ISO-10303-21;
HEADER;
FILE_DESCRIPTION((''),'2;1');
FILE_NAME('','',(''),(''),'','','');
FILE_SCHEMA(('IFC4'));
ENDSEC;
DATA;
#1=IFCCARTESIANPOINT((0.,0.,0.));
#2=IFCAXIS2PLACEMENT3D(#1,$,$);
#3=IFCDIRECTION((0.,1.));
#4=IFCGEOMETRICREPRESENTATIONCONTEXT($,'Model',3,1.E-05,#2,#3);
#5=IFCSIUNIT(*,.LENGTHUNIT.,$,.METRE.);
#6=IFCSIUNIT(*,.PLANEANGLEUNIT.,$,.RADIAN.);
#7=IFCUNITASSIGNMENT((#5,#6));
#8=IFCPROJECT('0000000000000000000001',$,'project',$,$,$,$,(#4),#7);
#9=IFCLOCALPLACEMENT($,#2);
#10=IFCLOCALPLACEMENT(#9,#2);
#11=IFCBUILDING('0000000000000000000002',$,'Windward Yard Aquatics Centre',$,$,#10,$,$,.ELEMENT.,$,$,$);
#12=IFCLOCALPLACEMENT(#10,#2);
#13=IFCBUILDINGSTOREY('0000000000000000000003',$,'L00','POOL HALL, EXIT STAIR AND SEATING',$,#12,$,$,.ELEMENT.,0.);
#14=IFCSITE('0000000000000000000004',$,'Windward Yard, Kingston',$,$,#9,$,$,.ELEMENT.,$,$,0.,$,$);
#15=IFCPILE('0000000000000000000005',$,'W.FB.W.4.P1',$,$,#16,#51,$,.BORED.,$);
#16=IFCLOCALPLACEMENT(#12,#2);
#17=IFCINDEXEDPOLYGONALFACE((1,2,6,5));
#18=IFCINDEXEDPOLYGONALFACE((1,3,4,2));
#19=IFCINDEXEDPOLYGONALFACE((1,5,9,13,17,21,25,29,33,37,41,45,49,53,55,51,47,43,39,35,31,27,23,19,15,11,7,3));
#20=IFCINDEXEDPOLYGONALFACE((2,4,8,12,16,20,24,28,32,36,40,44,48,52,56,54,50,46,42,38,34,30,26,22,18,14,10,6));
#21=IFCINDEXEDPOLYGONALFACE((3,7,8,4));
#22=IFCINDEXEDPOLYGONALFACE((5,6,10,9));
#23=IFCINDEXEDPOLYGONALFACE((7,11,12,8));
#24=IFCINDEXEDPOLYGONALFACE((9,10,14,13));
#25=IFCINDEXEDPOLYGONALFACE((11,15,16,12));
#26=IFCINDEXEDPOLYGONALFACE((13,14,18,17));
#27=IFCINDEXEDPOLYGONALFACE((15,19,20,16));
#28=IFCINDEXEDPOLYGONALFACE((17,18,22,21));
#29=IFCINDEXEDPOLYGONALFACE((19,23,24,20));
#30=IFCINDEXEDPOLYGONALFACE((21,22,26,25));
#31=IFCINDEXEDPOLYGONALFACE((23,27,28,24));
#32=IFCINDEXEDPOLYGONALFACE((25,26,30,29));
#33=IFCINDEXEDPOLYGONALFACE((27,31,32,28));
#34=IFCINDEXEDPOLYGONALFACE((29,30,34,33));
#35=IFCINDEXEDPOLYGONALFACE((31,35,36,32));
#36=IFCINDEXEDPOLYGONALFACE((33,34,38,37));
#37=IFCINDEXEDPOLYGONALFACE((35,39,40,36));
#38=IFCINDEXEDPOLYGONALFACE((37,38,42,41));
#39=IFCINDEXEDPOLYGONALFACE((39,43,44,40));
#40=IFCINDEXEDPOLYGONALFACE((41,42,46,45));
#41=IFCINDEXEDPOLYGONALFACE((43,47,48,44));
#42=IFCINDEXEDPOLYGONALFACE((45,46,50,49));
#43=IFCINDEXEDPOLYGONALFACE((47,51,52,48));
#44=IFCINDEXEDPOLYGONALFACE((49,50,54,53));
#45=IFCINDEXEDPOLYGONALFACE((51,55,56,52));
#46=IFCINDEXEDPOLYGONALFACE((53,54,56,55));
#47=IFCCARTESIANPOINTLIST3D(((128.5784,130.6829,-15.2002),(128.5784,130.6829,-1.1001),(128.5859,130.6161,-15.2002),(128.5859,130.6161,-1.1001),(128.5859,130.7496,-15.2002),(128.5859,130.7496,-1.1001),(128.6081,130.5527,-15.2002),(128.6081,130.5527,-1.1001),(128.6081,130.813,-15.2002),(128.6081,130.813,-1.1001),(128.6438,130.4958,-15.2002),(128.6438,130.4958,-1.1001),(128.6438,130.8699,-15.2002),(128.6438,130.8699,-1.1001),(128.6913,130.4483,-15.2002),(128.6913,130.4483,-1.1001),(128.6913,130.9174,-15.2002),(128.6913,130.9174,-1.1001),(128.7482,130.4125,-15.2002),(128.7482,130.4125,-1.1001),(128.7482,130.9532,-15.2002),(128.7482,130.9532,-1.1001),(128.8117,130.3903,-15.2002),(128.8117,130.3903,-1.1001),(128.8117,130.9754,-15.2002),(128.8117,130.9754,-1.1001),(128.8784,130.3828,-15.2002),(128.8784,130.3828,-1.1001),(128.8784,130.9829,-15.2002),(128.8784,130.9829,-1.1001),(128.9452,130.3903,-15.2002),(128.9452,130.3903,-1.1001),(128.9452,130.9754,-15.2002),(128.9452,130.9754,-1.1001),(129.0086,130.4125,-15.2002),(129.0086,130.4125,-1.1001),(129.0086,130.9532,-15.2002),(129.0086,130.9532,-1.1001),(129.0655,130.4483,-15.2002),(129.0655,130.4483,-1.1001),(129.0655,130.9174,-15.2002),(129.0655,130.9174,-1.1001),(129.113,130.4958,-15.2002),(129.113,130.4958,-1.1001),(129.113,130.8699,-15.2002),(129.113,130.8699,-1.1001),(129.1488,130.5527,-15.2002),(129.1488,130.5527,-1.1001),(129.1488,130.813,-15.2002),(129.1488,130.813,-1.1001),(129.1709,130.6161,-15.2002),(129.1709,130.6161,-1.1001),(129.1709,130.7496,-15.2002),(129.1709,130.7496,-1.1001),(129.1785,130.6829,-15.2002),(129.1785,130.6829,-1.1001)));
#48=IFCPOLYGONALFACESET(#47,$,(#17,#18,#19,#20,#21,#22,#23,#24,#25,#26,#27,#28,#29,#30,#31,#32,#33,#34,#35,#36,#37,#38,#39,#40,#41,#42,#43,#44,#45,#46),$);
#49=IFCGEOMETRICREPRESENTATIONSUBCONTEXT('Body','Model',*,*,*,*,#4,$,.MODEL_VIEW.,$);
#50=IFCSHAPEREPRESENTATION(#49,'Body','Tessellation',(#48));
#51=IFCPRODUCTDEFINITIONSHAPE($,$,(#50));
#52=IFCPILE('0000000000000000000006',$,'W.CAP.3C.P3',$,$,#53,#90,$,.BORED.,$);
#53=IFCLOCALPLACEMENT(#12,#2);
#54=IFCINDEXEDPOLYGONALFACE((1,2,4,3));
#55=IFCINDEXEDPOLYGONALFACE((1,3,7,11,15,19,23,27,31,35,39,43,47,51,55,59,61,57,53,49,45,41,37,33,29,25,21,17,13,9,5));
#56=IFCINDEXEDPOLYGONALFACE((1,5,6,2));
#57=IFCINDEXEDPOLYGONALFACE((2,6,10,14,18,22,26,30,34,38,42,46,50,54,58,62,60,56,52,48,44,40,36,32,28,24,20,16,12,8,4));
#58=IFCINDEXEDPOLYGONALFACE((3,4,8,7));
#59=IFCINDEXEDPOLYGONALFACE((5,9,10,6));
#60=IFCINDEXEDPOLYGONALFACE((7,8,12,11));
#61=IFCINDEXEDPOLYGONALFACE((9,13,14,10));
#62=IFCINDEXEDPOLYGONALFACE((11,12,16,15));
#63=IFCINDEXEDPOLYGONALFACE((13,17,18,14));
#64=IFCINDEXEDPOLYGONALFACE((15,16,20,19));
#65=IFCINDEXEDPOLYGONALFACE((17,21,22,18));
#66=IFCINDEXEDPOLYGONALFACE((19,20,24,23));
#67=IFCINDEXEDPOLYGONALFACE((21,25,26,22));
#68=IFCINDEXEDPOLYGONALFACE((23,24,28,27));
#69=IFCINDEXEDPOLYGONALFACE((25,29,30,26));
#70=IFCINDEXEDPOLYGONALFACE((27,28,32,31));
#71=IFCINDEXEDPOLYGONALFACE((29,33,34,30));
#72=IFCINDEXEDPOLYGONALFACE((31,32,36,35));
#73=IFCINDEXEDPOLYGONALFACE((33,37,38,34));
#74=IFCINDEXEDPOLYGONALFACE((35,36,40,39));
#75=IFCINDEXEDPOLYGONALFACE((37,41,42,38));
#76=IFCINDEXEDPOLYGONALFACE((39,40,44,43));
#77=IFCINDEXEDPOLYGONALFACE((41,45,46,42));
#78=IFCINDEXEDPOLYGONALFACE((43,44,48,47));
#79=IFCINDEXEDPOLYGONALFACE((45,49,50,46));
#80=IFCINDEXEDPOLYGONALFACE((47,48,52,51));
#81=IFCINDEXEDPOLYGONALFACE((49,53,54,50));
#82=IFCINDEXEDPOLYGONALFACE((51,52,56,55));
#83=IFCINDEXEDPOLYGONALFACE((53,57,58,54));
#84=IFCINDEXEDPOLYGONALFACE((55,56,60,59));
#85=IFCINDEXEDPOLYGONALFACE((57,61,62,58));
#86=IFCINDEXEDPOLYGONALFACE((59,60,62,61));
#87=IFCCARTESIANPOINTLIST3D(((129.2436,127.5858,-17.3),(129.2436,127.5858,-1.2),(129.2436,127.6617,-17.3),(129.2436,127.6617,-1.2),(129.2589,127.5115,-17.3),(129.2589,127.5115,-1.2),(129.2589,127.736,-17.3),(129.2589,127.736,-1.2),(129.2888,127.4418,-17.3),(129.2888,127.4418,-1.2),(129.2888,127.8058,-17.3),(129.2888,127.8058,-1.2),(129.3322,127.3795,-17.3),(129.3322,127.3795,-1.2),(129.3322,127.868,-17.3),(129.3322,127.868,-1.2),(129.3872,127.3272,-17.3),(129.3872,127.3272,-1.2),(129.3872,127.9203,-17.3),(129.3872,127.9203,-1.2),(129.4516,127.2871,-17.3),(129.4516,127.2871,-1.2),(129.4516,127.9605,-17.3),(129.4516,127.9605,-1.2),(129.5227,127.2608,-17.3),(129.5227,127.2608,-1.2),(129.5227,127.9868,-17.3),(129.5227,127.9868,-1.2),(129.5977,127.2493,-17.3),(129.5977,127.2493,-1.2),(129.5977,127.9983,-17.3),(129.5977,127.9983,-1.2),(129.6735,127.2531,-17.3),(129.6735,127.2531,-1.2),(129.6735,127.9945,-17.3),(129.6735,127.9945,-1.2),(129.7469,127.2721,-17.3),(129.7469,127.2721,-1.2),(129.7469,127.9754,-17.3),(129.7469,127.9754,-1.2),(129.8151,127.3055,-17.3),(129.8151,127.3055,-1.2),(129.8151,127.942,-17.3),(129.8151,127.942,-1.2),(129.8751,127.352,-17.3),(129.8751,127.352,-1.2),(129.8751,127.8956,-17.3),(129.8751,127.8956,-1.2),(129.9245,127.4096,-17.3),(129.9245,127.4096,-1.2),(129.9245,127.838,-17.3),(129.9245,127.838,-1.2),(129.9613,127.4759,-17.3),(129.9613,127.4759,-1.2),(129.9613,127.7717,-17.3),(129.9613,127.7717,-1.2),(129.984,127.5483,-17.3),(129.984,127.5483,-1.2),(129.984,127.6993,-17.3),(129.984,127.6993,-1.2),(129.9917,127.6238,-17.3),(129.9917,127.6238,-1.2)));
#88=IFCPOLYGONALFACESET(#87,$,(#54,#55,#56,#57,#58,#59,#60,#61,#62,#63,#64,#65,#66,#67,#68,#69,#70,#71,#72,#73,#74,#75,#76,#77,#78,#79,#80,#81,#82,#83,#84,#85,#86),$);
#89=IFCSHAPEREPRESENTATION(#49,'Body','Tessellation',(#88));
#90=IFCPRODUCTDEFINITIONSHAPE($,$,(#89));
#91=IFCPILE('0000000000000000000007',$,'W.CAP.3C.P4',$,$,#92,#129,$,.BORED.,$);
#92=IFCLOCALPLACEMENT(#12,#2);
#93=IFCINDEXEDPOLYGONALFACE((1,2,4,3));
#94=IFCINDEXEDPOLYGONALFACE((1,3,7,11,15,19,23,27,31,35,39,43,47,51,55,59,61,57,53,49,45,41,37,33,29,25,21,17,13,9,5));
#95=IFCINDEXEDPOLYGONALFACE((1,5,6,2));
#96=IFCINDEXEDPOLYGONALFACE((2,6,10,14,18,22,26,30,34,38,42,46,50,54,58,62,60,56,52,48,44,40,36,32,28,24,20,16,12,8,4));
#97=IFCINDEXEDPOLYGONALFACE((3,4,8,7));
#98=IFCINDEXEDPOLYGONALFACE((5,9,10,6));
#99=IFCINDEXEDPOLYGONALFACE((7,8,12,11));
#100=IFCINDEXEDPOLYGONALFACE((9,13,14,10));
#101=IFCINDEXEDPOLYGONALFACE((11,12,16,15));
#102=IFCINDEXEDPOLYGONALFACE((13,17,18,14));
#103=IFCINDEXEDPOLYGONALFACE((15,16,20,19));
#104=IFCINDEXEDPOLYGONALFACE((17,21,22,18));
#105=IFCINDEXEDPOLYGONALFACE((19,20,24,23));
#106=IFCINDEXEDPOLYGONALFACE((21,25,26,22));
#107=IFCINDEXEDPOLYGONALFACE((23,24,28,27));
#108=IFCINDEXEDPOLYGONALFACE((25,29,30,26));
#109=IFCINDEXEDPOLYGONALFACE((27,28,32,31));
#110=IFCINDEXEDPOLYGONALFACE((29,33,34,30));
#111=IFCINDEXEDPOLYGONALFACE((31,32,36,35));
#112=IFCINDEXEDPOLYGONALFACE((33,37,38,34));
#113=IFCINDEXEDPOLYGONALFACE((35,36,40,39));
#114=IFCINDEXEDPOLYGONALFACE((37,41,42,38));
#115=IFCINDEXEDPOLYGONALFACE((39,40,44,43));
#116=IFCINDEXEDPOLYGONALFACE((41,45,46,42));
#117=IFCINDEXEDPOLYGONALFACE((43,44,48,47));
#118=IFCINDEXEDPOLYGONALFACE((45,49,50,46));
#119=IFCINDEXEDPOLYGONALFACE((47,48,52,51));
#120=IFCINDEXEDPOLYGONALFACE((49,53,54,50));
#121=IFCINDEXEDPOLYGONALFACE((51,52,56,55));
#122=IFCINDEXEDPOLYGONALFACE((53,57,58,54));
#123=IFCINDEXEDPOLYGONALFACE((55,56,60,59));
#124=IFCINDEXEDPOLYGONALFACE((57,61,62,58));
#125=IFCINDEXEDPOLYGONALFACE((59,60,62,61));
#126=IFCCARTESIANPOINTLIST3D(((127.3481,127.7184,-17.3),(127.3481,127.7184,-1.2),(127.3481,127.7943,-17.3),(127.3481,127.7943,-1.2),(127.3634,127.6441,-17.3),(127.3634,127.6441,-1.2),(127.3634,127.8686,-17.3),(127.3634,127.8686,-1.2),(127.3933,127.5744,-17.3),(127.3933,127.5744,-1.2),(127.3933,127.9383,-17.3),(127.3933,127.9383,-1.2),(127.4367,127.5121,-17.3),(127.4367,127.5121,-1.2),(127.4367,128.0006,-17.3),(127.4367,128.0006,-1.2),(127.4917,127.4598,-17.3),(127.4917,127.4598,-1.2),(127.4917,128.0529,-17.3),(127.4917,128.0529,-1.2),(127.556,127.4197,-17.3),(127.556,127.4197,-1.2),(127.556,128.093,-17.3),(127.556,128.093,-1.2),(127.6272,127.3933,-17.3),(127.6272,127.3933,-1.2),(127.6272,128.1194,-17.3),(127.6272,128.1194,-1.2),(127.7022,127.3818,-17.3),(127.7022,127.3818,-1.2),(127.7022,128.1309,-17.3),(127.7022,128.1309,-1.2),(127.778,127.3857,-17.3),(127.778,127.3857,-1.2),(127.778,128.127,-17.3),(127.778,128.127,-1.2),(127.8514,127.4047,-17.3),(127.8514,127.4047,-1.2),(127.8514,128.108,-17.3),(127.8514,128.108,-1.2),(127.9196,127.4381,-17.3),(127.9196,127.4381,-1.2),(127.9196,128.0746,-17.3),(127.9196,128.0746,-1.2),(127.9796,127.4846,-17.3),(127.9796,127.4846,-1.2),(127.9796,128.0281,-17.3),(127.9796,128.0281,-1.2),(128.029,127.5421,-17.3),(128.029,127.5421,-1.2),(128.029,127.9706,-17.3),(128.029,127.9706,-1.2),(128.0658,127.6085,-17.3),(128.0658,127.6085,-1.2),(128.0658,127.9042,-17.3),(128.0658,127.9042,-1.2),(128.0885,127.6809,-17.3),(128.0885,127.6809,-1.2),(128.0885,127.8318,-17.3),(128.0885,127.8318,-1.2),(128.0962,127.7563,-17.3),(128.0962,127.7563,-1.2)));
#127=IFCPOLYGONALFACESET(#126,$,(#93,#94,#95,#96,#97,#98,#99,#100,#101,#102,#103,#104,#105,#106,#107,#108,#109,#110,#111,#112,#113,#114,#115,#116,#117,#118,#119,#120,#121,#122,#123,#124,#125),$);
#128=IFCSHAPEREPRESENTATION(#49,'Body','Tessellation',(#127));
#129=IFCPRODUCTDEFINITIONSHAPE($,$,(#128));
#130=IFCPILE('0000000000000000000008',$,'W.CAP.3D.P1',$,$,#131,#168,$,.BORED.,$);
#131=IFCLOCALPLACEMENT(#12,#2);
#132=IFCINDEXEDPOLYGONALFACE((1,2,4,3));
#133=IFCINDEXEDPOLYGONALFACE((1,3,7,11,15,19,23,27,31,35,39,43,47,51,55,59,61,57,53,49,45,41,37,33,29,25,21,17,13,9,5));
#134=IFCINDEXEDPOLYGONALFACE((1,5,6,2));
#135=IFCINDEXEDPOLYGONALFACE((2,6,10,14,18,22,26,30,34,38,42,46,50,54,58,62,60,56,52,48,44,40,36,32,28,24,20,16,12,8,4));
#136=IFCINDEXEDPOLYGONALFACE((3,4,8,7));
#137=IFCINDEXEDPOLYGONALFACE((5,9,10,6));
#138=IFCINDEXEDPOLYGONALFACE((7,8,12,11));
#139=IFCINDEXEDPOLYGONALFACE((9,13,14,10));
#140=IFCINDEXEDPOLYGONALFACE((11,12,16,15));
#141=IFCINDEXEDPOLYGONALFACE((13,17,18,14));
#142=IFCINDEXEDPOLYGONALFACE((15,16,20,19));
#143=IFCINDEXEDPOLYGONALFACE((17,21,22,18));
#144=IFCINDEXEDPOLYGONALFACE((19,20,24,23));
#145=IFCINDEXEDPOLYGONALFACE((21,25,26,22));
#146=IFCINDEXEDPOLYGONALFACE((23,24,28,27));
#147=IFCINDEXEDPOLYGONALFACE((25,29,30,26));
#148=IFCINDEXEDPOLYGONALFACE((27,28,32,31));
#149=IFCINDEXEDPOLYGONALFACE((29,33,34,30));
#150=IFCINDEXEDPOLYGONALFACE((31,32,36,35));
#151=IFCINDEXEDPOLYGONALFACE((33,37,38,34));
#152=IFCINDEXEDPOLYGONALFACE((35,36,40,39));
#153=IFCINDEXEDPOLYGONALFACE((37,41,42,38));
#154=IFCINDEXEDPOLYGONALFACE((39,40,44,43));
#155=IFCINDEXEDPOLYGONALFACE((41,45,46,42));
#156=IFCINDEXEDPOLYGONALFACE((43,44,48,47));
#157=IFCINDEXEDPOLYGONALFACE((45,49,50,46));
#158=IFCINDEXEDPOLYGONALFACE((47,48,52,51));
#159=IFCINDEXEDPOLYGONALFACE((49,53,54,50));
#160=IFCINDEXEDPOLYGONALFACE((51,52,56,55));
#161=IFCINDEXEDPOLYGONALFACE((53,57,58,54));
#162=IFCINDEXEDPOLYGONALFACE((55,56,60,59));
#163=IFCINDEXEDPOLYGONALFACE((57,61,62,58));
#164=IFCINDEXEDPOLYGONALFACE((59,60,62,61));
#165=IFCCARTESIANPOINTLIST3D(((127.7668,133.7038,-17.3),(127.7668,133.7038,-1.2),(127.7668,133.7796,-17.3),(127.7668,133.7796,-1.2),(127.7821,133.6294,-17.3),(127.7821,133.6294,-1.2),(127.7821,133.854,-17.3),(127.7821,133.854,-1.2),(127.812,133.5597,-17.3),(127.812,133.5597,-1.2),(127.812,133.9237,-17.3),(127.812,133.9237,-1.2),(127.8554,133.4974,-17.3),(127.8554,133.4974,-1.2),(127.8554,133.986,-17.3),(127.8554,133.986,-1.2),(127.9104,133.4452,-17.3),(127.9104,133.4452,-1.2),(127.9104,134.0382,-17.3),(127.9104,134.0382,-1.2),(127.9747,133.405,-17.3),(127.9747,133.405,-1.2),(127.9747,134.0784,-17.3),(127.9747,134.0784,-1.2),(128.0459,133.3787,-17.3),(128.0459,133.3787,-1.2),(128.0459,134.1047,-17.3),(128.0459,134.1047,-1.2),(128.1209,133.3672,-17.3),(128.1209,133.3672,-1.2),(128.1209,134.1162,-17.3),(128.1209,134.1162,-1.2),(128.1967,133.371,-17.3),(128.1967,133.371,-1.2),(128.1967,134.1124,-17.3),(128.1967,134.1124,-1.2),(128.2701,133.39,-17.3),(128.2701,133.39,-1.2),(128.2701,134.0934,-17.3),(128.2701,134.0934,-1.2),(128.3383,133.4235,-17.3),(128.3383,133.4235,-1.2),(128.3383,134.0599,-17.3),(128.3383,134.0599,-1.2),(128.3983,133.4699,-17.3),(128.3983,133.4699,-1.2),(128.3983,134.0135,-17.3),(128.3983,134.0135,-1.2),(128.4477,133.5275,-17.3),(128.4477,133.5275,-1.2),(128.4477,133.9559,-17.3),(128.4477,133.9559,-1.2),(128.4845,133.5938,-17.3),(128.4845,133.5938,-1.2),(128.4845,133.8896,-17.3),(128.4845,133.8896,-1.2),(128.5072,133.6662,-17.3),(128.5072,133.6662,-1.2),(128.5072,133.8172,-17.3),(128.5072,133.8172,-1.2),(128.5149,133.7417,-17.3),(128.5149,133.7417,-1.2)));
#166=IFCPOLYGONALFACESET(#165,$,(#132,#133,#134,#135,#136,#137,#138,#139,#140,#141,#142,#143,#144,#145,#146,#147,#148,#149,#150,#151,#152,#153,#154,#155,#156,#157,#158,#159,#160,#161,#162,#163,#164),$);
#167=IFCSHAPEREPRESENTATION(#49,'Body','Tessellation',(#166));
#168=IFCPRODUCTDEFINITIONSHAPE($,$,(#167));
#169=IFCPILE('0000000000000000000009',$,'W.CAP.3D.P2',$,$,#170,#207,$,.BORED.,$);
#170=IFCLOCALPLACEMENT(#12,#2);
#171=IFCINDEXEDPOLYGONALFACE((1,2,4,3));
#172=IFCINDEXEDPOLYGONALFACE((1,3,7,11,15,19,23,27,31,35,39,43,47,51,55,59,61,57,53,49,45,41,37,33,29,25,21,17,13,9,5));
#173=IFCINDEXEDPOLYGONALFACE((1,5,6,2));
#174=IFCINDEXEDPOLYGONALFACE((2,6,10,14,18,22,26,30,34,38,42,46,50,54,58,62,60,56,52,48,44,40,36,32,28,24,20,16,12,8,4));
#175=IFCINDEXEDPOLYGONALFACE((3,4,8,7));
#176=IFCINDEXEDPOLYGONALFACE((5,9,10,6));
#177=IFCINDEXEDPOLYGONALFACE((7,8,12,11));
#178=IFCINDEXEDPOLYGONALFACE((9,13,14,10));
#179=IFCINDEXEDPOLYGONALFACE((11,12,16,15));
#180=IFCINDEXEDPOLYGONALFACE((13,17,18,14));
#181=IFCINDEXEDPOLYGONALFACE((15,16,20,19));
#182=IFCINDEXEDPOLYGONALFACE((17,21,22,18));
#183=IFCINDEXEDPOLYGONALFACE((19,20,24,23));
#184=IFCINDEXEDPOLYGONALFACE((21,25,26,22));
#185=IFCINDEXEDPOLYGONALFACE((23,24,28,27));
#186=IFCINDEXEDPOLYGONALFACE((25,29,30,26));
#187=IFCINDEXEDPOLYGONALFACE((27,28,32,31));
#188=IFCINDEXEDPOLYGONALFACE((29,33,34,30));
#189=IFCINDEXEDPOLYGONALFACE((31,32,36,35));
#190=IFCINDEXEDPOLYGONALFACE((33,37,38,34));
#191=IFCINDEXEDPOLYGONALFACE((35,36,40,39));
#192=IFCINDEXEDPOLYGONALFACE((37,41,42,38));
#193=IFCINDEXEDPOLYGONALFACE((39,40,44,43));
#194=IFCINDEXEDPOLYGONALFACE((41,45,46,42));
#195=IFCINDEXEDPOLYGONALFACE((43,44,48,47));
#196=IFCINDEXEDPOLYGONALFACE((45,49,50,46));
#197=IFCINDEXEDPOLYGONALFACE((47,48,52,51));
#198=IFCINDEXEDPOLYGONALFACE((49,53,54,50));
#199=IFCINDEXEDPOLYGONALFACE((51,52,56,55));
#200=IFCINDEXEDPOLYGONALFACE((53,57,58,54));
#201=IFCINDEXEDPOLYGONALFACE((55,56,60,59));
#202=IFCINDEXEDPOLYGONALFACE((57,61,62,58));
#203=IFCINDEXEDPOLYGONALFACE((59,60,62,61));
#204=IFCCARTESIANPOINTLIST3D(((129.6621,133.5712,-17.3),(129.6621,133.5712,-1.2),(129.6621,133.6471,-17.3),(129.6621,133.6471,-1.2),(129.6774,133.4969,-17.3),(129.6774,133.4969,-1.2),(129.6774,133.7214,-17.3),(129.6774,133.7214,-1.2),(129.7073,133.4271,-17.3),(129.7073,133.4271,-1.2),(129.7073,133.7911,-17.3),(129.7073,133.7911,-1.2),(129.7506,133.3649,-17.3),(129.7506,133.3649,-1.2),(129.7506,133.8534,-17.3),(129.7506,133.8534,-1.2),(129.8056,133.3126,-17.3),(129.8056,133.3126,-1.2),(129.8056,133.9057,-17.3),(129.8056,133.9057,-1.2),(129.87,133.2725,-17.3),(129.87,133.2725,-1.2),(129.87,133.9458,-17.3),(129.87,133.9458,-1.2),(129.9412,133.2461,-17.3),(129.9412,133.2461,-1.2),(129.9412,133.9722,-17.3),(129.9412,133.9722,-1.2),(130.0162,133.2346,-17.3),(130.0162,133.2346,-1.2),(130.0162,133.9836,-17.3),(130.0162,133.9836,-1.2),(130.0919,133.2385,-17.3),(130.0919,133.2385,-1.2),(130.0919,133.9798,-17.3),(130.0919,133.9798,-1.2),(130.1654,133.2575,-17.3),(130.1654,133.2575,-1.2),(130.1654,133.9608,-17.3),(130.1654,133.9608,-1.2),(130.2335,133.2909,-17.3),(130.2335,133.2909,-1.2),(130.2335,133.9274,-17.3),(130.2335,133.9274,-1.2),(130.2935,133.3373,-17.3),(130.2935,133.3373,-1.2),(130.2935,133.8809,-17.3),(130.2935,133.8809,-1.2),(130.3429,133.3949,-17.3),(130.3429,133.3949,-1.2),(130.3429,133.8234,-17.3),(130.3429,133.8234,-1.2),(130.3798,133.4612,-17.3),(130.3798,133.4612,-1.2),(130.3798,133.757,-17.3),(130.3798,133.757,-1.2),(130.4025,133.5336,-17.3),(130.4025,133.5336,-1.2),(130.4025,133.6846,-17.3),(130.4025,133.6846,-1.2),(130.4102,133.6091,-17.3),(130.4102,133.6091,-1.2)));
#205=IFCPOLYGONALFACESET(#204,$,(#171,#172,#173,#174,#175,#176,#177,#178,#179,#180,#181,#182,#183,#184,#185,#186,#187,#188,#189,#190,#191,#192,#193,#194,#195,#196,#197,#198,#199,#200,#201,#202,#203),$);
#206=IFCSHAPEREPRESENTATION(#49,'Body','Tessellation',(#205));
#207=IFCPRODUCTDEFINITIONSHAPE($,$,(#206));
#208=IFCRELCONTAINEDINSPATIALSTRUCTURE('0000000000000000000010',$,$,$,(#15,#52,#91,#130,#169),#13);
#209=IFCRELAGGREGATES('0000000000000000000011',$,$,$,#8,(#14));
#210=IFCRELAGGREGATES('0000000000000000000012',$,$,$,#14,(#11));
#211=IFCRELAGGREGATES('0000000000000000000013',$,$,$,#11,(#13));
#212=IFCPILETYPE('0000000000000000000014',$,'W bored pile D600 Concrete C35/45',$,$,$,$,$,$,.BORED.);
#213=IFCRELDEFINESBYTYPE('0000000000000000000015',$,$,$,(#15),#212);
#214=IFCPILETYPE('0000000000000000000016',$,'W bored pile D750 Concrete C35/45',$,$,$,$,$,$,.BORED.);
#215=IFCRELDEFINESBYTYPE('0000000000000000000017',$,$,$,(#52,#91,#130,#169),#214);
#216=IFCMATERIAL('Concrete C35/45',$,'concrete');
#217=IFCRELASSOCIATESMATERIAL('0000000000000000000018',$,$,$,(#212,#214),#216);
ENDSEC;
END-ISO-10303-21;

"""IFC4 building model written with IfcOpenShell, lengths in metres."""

from ifc_helpers import new_model, si_unit, direction, frame, origin, origin_2d, place, context, subcontext, project, spatial, circle, extrude, material, material_profile, profile_set, type_object, element, save


model = new_model("IFC4")

# Units and contexts
model_context = context("Model", 3, precision=1e-05, world=origin(), true_north=direction((0.0, 1.0)))
body_context = subcontext(model_context, "Body", "Model", "MODEL_VIEW")
ifc_project = project(units=[si_unit("LENGTHUNIT", "METRE"), si_unit("PLANEANGLEUNIT", "RADIAN")], contexts=[model_context])

# Site, building, storey
site_placement = place(None, origin())
site = spatial("IfcSite", under=ifc_project, at=site_placement, Name="Windward Yard, Kingston", CompositionType="ELEMENT", RefElevation=0.0)
building_placement = place(site_placement, origin())
building = spatial("IfcBuilding", under=site, at=building_placement, Name="Windward Yard Aquatics Centre", CompositionType="ELEMENT")
storey_placement = place(building_placement, origin())
storey = spatial("IfcBuildingStorey", under=building, at=storey_placement, Name="L00", Description="POOL HALL, EXIT STAIR AND SEATING", CompositionType="ELEMENT", Elevation=0.0)

# Piles
ifc_material_1 = material(Name="Concrete C35/45", Category="concrete")
ifc_material_profile_1 = material_profile(ifc_material_1, circle(Radius=0.3, at=origin_2d()), Name="D600")
ifc_profile_set_1 = profile_set([ifc_material_profile_1], Name="Concrete C35/45")
pile_type_1 = type_object("IfcPileType", Name="W bored pile D600 Concrete C35/45", PredefinedType="BORED", material=ifc_profile_set_1)
pile_placement = place(storey_placement, frame((128.8784, 130.6829, -1.1001), z_axis=(0.0, 0.0, -1.0), x_axis=(1.0, 0.0, 0.0)))
element("IfcPile", 1, at=pile_placement, inside=storey, type_object=pile_type_1, Name="W.FB.W.4.P1", PredefinedType="BORED", context=body_context, shape_type="SweptSolid", body=[
    extrude(circle(Radius=0.3, at=origin_2d()), origin(), (0.0, 0.0, 1.0), 14.1001),
])
ifc_material_profile_2 = material_profile(ifc_material_1, circle(Radius=0.375, at=origin_2d()), Name="D750")
ifc_profile_set_2 = profile_set([ifc_material_profile_2], Name="Concrete C35/45")
pile_type_2 = type_object("IfcPileType", Name="W bored pile D750 Concrete C35/45", PredefinedType="BORED", material=ifc_profile_set_2)
for number, where, z_axis, x_axis, name in (
    (2, (129.6167, 127.6238, -1.2), (0.0, 0.0, -1.0), (1.0, 0.0, 0.0), "W.CAP.3C.P3"),
    (3, (127.7212, 127.7563, -1.2), (0.0, 0.0, -1.0), (1.0, 0.0, 0.0), "W.CAP.3C.P4"),
    (4, (128.1399, 133.7417, -1.2), (0.0, 0.0, -1.0), (1.0, 0.0, 0.0), "W.CAP.3D.P1"),
    (5, (130.0352, 133.6091, -1.2), (0.0, 0.0, -1.0), (1.0, 0.0, 0.0), "W.CAP.3D.P2"),
):
    element("IfcPile", number, at=place(storey_placement, frame(where, z_axis=z_axis, x_axis=x_axis)), inside=storey, type_object=pile_type_2, Name=name, PredefinedType="BORED", context=body_context, shape_type="SweptSolid", body=[
        extrude(circle(Radius=0.375, at=origin_2d()), origin(), (0.0, 0.0, 1.0), 16.1001),
    ])

save(model, "model.ifc")
